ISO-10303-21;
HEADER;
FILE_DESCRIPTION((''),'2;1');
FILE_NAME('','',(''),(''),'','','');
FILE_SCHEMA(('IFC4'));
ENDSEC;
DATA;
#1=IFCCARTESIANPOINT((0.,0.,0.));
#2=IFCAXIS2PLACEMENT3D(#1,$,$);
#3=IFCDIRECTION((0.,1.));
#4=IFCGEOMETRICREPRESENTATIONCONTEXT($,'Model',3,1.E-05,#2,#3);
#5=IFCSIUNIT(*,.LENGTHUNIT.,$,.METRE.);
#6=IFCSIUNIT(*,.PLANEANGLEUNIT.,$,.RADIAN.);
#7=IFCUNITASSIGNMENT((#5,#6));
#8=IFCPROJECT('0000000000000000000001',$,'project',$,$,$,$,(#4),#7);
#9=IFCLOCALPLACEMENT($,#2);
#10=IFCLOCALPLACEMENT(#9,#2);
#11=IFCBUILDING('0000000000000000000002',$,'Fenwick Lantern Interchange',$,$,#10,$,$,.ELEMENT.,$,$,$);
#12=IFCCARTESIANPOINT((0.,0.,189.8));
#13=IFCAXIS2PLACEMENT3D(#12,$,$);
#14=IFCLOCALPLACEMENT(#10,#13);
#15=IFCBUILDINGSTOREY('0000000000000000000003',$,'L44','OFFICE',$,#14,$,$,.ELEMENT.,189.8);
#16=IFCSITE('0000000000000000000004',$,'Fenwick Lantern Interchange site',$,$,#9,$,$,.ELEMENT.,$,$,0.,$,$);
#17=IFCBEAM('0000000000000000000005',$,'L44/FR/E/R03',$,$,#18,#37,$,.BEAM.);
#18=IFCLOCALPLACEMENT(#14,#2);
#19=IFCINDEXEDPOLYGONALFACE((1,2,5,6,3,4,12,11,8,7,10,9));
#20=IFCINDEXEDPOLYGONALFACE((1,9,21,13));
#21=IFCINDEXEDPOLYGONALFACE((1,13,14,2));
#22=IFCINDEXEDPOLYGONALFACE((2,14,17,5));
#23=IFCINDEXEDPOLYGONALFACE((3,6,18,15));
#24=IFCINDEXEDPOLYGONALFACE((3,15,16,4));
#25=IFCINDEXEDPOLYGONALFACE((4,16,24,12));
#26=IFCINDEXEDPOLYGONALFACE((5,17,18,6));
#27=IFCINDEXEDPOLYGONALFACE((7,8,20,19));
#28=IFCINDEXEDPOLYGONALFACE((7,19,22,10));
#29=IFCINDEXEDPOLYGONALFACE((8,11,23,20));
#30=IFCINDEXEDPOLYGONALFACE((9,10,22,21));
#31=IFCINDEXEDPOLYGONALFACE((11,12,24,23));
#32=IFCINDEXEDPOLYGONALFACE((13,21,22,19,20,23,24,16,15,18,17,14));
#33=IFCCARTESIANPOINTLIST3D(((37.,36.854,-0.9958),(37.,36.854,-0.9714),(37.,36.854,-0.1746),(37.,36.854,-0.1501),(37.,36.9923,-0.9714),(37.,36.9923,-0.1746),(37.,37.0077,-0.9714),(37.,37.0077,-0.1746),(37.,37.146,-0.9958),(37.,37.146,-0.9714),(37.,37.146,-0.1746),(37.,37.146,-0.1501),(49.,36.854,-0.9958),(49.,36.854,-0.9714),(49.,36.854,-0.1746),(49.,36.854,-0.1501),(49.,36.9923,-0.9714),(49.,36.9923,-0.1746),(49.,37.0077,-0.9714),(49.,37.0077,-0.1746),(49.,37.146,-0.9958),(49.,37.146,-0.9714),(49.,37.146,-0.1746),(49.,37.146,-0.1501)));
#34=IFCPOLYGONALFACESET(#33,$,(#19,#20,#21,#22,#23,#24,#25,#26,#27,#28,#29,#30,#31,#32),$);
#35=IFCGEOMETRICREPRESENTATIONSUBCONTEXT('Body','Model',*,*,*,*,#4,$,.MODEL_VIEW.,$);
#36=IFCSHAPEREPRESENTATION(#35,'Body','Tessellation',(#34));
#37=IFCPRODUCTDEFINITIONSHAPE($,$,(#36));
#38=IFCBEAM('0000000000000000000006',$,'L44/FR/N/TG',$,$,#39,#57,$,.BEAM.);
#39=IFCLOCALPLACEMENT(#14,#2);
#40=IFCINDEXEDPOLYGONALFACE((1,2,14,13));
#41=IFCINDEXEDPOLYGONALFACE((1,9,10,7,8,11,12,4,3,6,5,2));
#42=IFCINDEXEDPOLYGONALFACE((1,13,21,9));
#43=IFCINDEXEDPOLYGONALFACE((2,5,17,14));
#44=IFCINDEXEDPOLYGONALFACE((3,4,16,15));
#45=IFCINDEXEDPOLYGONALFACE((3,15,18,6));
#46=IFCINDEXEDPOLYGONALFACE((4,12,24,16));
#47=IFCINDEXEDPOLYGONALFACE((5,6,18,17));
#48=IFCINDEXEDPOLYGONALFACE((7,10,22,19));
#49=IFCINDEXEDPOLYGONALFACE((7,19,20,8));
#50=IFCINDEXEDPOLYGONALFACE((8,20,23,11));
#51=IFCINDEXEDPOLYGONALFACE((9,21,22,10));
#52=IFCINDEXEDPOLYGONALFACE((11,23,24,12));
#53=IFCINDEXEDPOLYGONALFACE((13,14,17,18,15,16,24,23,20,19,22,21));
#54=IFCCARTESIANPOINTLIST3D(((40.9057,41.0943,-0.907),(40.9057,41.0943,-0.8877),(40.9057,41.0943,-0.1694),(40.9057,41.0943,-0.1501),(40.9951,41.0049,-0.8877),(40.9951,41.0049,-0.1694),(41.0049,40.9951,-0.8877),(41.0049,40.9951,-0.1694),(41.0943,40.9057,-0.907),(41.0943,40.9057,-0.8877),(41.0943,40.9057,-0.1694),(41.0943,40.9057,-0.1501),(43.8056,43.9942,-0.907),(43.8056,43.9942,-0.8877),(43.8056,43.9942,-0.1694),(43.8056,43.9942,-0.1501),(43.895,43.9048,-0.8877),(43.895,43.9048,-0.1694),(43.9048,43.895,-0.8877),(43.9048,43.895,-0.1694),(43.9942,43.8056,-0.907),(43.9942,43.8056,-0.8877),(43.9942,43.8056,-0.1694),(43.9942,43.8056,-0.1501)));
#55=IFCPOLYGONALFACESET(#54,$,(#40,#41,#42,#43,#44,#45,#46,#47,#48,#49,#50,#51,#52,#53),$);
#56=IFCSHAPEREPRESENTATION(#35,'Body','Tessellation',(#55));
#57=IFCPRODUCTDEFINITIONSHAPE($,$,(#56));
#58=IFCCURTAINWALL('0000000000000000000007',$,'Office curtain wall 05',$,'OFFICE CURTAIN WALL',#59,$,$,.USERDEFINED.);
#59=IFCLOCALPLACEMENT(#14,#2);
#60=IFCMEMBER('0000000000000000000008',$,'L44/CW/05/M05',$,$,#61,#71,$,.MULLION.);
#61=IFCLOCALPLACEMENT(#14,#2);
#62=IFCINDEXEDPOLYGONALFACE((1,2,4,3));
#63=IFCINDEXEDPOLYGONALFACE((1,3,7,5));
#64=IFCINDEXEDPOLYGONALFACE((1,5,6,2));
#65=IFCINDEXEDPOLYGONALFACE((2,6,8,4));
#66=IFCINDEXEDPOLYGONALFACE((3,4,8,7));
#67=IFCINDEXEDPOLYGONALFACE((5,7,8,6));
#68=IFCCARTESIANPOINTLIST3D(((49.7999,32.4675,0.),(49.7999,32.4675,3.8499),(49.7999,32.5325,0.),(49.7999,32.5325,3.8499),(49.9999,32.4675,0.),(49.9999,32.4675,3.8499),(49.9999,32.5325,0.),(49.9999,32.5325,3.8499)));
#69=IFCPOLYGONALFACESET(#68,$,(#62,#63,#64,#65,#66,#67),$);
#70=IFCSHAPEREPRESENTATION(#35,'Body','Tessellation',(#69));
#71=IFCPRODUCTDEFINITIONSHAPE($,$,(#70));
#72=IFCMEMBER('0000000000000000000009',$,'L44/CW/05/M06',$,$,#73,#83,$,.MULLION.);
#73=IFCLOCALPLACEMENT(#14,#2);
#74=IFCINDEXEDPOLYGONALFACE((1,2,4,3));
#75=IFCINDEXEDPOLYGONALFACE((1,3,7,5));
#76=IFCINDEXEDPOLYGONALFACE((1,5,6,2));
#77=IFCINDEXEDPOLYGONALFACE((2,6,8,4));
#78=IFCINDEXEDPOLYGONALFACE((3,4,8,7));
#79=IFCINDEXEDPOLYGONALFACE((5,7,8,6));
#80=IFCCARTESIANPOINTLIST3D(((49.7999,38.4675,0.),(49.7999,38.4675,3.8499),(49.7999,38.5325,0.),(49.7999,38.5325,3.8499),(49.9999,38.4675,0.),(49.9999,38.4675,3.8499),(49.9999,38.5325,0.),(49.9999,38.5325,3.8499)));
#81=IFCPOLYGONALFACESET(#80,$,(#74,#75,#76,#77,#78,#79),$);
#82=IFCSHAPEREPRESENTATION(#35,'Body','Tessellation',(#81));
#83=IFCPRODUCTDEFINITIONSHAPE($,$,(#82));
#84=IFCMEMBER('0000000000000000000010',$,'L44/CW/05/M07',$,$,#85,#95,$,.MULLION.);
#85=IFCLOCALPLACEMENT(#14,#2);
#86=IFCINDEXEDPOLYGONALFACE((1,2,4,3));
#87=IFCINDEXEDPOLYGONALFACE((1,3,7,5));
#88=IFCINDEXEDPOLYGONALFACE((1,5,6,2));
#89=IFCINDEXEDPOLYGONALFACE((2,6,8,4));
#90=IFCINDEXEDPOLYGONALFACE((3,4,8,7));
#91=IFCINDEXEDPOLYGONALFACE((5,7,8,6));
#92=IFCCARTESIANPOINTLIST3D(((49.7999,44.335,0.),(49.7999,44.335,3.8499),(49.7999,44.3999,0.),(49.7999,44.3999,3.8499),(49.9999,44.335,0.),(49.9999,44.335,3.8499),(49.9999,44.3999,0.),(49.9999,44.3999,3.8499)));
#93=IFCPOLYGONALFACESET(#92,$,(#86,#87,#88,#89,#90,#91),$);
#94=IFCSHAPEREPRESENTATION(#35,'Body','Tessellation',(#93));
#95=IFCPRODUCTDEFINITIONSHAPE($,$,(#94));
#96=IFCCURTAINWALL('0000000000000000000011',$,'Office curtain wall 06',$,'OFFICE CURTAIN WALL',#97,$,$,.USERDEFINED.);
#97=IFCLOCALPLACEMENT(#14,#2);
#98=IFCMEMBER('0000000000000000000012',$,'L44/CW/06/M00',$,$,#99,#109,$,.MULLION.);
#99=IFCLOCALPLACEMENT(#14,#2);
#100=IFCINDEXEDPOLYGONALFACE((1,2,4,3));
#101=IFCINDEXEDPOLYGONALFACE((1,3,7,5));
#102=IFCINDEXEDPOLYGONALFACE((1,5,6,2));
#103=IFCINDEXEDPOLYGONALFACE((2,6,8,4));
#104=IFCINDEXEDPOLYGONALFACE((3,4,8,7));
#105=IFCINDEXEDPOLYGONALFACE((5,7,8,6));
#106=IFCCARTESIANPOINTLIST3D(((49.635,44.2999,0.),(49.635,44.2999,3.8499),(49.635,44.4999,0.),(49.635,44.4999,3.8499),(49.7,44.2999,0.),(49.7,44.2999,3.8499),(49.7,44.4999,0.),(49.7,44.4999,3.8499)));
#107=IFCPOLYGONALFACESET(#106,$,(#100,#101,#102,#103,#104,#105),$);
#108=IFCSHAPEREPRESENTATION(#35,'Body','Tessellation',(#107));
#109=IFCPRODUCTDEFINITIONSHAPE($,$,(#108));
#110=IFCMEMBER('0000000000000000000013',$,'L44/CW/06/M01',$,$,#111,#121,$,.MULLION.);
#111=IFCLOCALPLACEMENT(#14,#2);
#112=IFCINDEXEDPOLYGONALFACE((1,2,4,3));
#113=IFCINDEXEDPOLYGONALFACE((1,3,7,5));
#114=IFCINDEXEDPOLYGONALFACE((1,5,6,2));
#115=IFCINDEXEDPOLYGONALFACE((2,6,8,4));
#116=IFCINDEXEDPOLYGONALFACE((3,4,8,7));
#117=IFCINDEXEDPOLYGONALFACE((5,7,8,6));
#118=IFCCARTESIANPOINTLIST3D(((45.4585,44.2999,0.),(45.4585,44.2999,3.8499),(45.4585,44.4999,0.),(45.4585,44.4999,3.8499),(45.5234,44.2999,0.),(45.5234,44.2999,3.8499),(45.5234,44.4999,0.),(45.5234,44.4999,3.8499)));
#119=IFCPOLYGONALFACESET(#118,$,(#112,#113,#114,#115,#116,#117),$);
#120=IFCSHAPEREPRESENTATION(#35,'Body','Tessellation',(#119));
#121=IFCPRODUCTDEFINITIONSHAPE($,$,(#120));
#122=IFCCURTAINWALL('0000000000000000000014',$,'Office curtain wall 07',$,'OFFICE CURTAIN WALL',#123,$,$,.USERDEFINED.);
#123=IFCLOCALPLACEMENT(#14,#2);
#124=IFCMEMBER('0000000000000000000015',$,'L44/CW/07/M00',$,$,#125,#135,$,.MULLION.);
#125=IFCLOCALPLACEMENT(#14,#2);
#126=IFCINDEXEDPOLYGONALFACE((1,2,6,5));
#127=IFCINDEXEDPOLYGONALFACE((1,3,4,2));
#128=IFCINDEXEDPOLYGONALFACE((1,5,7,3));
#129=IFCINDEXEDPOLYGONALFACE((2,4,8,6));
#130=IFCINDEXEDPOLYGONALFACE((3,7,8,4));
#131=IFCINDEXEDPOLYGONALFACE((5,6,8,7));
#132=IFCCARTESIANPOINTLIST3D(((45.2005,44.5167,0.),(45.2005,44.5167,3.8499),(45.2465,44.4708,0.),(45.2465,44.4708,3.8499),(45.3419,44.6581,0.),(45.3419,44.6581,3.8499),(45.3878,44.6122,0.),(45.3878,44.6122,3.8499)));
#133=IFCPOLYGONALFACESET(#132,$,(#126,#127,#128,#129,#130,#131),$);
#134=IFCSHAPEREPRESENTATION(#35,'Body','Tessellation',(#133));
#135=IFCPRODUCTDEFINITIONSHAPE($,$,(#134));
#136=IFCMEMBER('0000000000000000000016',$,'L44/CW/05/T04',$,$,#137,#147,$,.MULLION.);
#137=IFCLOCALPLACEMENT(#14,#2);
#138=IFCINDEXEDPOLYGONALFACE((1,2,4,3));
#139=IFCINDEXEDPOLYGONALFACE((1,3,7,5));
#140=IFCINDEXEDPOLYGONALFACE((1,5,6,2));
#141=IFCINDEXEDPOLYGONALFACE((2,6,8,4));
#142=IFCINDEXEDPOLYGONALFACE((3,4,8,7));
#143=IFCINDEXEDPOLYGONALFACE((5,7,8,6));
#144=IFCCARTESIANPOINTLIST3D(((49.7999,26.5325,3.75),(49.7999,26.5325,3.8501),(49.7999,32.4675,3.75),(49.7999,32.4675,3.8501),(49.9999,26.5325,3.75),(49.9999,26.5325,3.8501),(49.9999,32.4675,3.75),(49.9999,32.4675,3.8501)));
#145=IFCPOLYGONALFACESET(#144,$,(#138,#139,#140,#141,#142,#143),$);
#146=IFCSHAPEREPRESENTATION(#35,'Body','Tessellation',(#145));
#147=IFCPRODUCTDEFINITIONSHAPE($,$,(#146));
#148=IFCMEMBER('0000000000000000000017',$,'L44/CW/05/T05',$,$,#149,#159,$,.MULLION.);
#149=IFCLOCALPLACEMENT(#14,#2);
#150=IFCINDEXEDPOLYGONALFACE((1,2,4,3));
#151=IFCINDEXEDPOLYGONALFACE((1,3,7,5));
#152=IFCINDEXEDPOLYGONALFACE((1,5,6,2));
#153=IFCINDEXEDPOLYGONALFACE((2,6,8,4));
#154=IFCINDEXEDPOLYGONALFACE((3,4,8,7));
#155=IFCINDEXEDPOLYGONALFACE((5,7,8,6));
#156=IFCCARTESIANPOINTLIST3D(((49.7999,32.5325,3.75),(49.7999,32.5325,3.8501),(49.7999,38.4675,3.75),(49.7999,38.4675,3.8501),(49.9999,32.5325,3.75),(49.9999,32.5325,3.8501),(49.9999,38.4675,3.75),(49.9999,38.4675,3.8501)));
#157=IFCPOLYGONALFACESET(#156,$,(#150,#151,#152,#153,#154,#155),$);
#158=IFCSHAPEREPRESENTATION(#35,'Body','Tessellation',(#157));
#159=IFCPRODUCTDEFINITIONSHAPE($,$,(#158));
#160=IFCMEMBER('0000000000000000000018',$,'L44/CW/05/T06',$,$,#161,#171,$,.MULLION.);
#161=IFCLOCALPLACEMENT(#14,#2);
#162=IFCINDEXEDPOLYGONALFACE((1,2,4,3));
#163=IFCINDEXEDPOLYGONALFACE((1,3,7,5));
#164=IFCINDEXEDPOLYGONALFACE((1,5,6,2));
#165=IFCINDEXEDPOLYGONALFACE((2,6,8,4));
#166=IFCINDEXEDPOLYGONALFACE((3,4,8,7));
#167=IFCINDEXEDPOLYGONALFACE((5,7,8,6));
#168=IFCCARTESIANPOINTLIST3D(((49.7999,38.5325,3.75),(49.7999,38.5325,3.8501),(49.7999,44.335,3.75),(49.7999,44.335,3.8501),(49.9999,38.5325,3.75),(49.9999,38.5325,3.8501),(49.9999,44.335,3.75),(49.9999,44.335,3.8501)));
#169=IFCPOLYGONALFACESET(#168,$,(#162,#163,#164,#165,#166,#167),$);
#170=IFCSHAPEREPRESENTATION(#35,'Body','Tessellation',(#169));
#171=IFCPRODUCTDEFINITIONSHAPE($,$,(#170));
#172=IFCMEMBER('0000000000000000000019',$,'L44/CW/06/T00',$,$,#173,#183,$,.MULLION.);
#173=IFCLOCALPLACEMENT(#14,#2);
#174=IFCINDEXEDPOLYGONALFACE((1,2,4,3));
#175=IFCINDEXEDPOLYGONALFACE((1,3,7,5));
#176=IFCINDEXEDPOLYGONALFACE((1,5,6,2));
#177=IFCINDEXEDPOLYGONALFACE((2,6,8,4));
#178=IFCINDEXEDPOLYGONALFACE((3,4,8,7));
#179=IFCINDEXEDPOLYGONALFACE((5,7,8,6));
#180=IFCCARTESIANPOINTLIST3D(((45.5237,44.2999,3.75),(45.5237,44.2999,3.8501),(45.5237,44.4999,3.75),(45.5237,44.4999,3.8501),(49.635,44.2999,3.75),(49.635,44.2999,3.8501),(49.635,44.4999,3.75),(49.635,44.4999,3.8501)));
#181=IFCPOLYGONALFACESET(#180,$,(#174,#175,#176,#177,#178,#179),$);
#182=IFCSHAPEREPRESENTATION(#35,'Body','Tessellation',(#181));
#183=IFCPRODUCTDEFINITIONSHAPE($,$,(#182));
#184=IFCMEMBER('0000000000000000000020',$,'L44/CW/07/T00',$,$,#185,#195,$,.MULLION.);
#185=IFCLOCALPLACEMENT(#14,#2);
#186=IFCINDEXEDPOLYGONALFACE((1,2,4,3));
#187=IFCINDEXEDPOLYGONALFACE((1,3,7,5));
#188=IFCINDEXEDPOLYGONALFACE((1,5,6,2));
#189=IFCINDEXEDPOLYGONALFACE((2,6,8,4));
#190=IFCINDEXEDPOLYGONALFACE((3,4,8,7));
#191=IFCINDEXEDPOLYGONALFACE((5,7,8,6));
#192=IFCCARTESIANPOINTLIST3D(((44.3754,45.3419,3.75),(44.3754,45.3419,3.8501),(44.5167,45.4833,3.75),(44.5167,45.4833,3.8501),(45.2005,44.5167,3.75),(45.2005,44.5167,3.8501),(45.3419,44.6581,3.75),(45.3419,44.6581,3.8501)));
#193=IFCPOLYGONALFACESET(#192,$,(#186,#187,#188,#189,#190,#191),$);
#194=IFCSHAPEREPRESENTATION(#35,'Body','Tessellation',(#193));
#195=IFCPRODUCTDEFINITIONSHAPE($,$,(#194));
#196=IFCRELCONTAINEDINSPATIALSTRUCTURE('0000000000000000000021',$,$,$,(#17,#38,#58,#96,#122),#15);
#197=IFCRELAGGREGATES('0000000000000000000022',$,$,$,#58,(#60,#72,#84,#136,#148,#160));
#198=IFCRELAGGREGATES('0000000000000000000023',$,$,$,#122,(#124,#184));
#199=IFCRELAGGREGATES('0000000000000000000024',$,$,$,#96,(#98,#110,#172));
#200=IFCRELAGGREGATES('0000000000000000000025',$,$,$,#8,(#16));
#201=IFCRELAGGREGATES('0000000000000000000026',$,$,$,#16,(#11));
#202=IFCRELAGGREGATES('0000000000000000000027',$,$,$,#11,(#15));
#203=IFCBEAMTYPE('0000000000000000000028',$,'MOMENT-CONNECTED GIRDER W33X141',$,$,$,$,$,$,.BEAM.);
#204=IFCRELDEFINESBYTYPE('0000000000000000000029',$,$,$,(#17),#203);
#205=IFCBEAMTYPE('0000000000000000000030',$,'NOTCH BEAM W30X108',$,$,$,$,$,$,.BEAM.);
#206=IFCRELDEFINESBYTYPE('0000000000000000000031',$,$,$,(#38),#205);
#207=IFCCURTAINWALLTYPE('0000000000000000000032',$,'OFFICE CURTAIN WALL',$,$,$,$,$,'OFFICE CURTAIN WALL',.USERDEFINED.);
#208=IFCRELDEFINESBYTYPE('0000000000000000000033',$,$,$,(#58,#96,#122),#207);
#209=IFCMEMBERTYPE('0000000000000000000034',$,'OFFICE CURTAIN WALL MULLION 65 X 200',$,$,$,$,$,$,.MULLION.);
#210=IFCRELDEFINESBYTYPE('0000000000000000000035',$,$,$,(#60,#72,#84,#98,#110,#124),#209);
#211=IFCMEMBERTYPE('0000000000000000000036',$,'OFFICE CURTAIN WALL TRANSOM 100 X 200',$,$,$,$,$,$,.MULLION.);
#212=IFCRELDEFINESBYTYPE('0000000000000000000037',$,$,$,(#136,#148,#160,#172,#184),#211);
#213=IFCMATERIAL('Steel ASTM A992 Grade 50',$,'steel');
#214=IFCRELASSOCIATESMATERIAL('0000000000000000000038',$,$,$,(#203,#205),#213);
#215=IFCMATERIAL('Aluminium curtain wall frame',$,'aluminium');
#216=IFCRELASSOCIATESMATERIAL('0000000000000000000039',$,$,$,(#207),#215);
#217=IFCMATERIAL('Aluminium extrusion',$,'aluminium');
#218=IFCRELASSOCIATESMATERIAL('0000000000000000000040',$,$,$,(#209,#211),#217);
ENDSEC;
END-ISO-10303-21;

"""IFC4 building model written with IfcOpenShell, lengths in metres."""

from ifc_helpers import new_model, si_unit, direction, frame, origin, origin_2d, place, context, subcontext, project, spatial, rectangle, i_section, extrude, material, material_profile, profile_set, type_object, element, aggregate, save


model = new_model("IFC4")

# Units and contexts
model_context = context("Model", 3, precision=1e-05, world=origin(), true_north=direction((0.0, 1.0)))
body_context = subcontext(model_context, "Body", "Model", "MODEL_VIEW")
ifc_project = project(units=[si_unit("LENGTHUNIT", "METRE"), si_unit("PLANEANGLEUNIT", "RADIAN")], contexts=[model_context])

# Site, building, storey
site_placement = place(None, origin())
site = spatial("IfcSite", under=ifc_project, at=site_placement, Name="Fenwick Lantern Interchange site", CompositionType="ELEMENT", RefElevation=0.0)
building_placement = place(site_placement, origin())
building = spatial("IfcBuilding", under=site, at=building_placement, Name="Fenwick Lantern Interchange", CompositionType="ELEMENT")
storey_placement = place(building_placement, frame((0.0, 0.0, 189.8)))
storey = spatial("IfcBuildingStorey", under=building, at=storey_placement, Name="L44", Description="OFFICE", CompositionType="ELEMENT", Elevation=189.8)

# Shared definitions
ifc_material_1 = material(Name="Steel ASTM A992 Grade 50", Category="steel")

# Beams
ifc_material_profile_1 = material_profile(ifc_material_1, i_section(OverallWidth=0.292, OverallDepth=0.8457, WebThickness=0.0154, FlangeThickness=0.0244, at=origin_2d()), Name="W33X141")
ifc_profile_set_1 = profile_set([ifc_material_profile_1], Name="Steel ASTM A992 Grade 50")
beam_type_1 = type_object("IfcBeamType", Name="MOMENT-CONNECTED GIRDER W33X141", PredefinedType="BEAM", material=ifc_profile_set_1)
beam_1_placement = place(storey_placement, frame((49.0, 37.0, -0.573), z_axis=(-1.0, 0.0, 0.0), x_axis=(0.0, -1.0, 0.0)))
element("IfcBeam", 1, at=beam_1_placement, inside=storey, type_object=beam_type_1, Name="L44/FR/E/R03", PredefinedType="BEAM", context=body_context, shape_type="SweptSolid", body=[
    extrude(i_section(OverallWidth=0.292, OverallDepth=0.8457, WebThickness=0.0154, FlangeThickness=0.0244, at=origin_2d()), origin(), (0.0, 0.0, 1.0), 12.0),
])
ifc_material_profile_2 = material_profile(ifc_material_1, i_section(OverallWidth=0.2666, OverallDepth=0.7568, WebThickness=0.0139, FlangeThickness=0.0193, at=origin_2d()), Name="W30X108")
ifc_profile_set_2 = profile_set([ifc_material_profile_2], Name="Steel ASTM A992 Grade 50")
beam_type_2 = type_object("IfcBeamType", Name="NOTCH BEAM W30X108", PredefinedType="BEAM", material=ifc_profile_set_2)
beam_2_placement = place(storey_placement, frame((41.0, 41.0, -0.5286), z_axis=(0.707107, 0.707107, 0.0), x_axis=(-0.707107, 0.707107, 0.0)))
element("IfcBeam", 2, at=beam_2_placement, inside=storey, type_object=beam_type_2, Name="L44/FR/N/TG", PredefinedType="BEAM", context=body_context, shape_type="SweptSolid", body=[
    extrude(i_section(OverallWidth=0.2666, OverallDepth=0.7568, WebThickness=0.0139, FlangeThickness=0.0193, at=origin_2d()), origin(), (0.0, 0.0, 1.0), 4.1011),
])

# Curtain walls, members
ifc_material_2 = material(Name="Aluminium curtain wall frame", Category="aluminium")
curtain_wall_type = type_object("IfcCurtainWallType", Name="OFFICE CURTAIN WALL", ElementType="OFFICE CURTAIN WALL", PredefinedType="USERDEFINED", material=ifc_material_2)
curtain_wall_1_placement = place(storey_placement, origin())
curtain_wall_1 = element("IfcCurtainWall", 3, at=curtain_wall_1_placement, inside=storey, type_object=curtain_wall_type, Name="Office curtain wall 05", ObjectType="OFFICE CURTAIN WALL", PredefinedType="USERDEFINED")
ifc_material_3 = material(Name="Aluminium extrusion", Category="aluminium")
ifc_material_profile_3 = material_profile(ifc_material_3, rectangle(XDim=0.2, YDim=0.0649, at=origin_2d()), Name="OFFICE CURTAIN WALL MULLION 65 X 200")
ifc_profile_set_3 = profile_set([ifc_material_profile_3], Name="Aluminium extrusion")
member_type_1 = type_object("IfcMemberType", Name="OFFICE CURTAIN WALL MULLION 65 X 200", PredefinedType="MULLION", material=ifc_profile_set_3)
member_1_placement = place(storey_placement, frame((49.8999, 32.5, 0.0), z_axis=(0.0, 0.0, 1.0), x_axis=(-1.0, 0.0, 0.0)))
member_1 = element("IfcMember", 4, at=member_1_placement, type_object=member_type_1, Name="L44/CW/05/M05", PredefinedType="MULLION", context=body_context, shape_type="SweptSolid", body=[
    extrude(rectangle(XDim=0.2, YDim=0.0649, at=origin_2d()), origin(), (0.0, 0.0, 1.0), 3.8499),
])
member_2_placement = place(storey_placement, frame((49.8999, 38.5, 0.0), z_axis=(0.0, 0.0, 1.0), x_axis=(-1.0, 0.0, 0.0)))
member_2 = element("IfcMember", 5, at=member_2_placement, type_object=member_type_1, Name="L44/CW/05/M06", PredefinedType="MULLION", context=body_context, shape_type="SweptSolid", body=[
    extrude(rectangle(XDim=0.2, YDim=0.0649, at=origin_2d()), origin(), (0.0, 0.0, 1.0), 3.8499),
])
member_3_placement = place(storey_placement, frame((49.8999, 44.3674, 0.0), z_axis=(0.0, 0.0, 1.0), x_axis=(-1.0, 0.0, 0.0)))
member_3 = element("IfcMember", 6, at=member_3_placement, type_object=member_type_1, Name="L44/CW/05/M07", PredefinedType="MULLION", context=body_context, shape_type="SweptSolid", body=[
    extrude(rectangle(XDim=0.2, YDim=0.0649, at=origin_2d()), origin(), (0.0, 0.0, 1.0), 3.8499),
])
curtain_wall_2_placement = place(storey_placement, origin())
curtain_wall_2 = element("IfcCurtainWall", 7, at=curtain_wall_2_placement, inside=storey, type_object=curtain_wall_type, Name="Office curtain wall 06", ObjectType="OFFICE CURTAIN WALL", PredefinedType="USERDEFINED")
member_4_placement = place(storey_placement, frame((49.6675, 44.3999, 0.0), z_axis=(0.0, 0.0, 1.0), x_axis=(0.0, -1.0, 0.0)))
member_4 = element("IfcMember", 8, at=member_4_placement, type_object=member_type_1, Name="L44/CW/06/M00", PredefinedType="MULLION", context=body_context, shape_type="SweptSolid", body=[
    extrude(rectangle(XDim=0.2, YDim=0.0649, at=origin_2d()), origin(), (0.0, 0.0, 1.0), 3.8499),
])
member_5_placement = place(storey_placement, frame((45.491, 44.3999, 0.0), z_axis=(0.0, 0.0, 1.0), x_axis=(0.0, -1.0, 0.0)))
member_5 = element("IfcMember", 9, at=member_5_placement, type_object=member_type_1, Name="L44/CW/06/M01", PredefinedType="MULLION", context=body_context, shape_type="SweptSolid", body=[
    extrude(rectangle(XDim=0.2, YDim=0.0649, at=origin_2d()), origin(), (0.0, 0.0, 1.0), 3.8499),
])

# Curtain wall, member
curtain_wall_3_placement = place(storey_placement, origin())
curtain_wall_3 = element("IfcCurtainWall", 10, at=curtain_wall_3_placement, inside=storey, type_object=curtain_wall_type, Name="Office curtain wall 07", ObjectType="OFFICE CURTAIN WALL", PredefinedType="USERDEFINED")
member_6_placement = place(storey_placement, frame((45.2942, 44.5645, 0.0), z_axis=(0.0, 0.0, 1.0), x_axis=(-0.707107, -0.707107, 0.0)))
member_6 = element("IfcMember", 11, at=member_6_placement, type_object=member_type_1, Name="L44/CW/07/M00", PredefinedType="MULLION", context=body_context, shape_type="SweptSolid", body=[
    extrude(rectangle(XDim=0.2, YDim=0.0649, at=origin_2d()), origin(), (0.0, 0.0, 1.0), 3.8499),
])

# Members
ifc_material_profile_4 = material_profile(ifc_material_3, rectangle(XDim=0.2, YDim=0.1001, at=origin_2d()), Name="OFFICE CURTAIN WALL TRANSOM 100 X 200")
ifc_profile_set_4 = profile_set([ifc_material_profile_4], Name="Aluminium extrusion")
member_type_2 = type_object("IfcMemberType", Name="OFFICE CURTAIN WALL TRANSOM 100 X 200", PredefinedType="MULLION", material=ifc_profile_set_4)
member_7_placement = place(storey_placement, frame((49.8999, 26.5325, 3.8), z_axis=(0.0, 1.0, 0.0), x_axis=(-1.0, 0.0, 0.0)))
member_7 = element("IfcMember", 12, at=member_7_placement, type_object=member_type_2, Name="L44/CW/05/T04", PredefinedType="MULLION", context=body_context, shape_type="SweptSolid", body=[
    extrude(rectangle(XDim=0.2, YDim=0.1001, at=origin_2d()), origin(), (0.0, 0.0, 1.0), 5.9351),
])
member_8_placement = place(storey_placement, frame((49.8999, 32.5325, 3.8), z_axis=(0.0, 1.0, 0.0), x_axis=(-1.0, 0.0, 0.0)))
member_8 = element("IfcMember", 13, at=member_8_placement, type_object=member_type_2, Name="L44/CW/05/T05", PredefinedType="MULLION", context=body_context, shape_type="SweptSolid", body=[
    extrude(rectangle(XDim=0.2, YDim=0.1001, at=origin_2d()), origin(), (0.0, 0.0, 1.0), 5.9351),
])
member_9_placement = place(storey_placement, frame((49.8999, 38.5325, 3.8), z_axis=(0.0, 1.0, 0.0), x_axis=(-1.0, 0.0, 0.0)))
member_9 = element("IfcMember", 14, at=member_9_placement, type_object=member_type_2, Name="L44/CW/05/T06", PredefinedType="MULLION", context=body_context, shape_type="SweptSolid", body=[
    extrude(rectangle(XDim=0.2, YDim=0.1001, at=origin_2d()), origin(), (0.0, 0.0, 1.0), 5.8025),
])
aggregate(curtain_wall_1, [member_1, member_2, member_3, member_7, member_8, member_9])
member_10_placement = place(storey_placement, frame((49.635, 44.3999, 3.8), z_axis=(-1.0, 0.0, 0.0), x_axis=(0.0, -1.0, 0.0)))
member_10 = element("IfcMember", 15, at=member_10_placement, type_object=member_type_2, Name="L44/CW/06/T00", PredefinedType="MULLION", context=body_context, shape_type="SweptSolid", body=[
    extrude(rectangle(XDim=0.2, YDim=0.1001, at=origin_2d()), origin(), (0.0, 0.0, 1.0), 4.1113),
])
member_11_placement = place(storey_placement, frame((45.2712, 44.5874, 3.8), z_axis=(-0.707107, 0.707107, 0.0), x_axis=(-0.707107, -0.707107, 0.0)))
member_11 = element("IfcMember", 16, at=member_11_placement, type_object=member_type_2, Name="L44/CW/07/T00", PredefinedType="MULLION", context=body_context, shape_type="SweptSolid", body=[
    extrude(rectangle(XDim=0.2, YDim=0.1001, at=origin_2d()), origin(), (0.0, 0.0, 1.0), 1.167),
])
aggregate(curtain_wall_3, [member_6, member_11])

aggregate(curtain_wall_2, [member_4, member_5, member_10])

save(model, "model.ifc")
